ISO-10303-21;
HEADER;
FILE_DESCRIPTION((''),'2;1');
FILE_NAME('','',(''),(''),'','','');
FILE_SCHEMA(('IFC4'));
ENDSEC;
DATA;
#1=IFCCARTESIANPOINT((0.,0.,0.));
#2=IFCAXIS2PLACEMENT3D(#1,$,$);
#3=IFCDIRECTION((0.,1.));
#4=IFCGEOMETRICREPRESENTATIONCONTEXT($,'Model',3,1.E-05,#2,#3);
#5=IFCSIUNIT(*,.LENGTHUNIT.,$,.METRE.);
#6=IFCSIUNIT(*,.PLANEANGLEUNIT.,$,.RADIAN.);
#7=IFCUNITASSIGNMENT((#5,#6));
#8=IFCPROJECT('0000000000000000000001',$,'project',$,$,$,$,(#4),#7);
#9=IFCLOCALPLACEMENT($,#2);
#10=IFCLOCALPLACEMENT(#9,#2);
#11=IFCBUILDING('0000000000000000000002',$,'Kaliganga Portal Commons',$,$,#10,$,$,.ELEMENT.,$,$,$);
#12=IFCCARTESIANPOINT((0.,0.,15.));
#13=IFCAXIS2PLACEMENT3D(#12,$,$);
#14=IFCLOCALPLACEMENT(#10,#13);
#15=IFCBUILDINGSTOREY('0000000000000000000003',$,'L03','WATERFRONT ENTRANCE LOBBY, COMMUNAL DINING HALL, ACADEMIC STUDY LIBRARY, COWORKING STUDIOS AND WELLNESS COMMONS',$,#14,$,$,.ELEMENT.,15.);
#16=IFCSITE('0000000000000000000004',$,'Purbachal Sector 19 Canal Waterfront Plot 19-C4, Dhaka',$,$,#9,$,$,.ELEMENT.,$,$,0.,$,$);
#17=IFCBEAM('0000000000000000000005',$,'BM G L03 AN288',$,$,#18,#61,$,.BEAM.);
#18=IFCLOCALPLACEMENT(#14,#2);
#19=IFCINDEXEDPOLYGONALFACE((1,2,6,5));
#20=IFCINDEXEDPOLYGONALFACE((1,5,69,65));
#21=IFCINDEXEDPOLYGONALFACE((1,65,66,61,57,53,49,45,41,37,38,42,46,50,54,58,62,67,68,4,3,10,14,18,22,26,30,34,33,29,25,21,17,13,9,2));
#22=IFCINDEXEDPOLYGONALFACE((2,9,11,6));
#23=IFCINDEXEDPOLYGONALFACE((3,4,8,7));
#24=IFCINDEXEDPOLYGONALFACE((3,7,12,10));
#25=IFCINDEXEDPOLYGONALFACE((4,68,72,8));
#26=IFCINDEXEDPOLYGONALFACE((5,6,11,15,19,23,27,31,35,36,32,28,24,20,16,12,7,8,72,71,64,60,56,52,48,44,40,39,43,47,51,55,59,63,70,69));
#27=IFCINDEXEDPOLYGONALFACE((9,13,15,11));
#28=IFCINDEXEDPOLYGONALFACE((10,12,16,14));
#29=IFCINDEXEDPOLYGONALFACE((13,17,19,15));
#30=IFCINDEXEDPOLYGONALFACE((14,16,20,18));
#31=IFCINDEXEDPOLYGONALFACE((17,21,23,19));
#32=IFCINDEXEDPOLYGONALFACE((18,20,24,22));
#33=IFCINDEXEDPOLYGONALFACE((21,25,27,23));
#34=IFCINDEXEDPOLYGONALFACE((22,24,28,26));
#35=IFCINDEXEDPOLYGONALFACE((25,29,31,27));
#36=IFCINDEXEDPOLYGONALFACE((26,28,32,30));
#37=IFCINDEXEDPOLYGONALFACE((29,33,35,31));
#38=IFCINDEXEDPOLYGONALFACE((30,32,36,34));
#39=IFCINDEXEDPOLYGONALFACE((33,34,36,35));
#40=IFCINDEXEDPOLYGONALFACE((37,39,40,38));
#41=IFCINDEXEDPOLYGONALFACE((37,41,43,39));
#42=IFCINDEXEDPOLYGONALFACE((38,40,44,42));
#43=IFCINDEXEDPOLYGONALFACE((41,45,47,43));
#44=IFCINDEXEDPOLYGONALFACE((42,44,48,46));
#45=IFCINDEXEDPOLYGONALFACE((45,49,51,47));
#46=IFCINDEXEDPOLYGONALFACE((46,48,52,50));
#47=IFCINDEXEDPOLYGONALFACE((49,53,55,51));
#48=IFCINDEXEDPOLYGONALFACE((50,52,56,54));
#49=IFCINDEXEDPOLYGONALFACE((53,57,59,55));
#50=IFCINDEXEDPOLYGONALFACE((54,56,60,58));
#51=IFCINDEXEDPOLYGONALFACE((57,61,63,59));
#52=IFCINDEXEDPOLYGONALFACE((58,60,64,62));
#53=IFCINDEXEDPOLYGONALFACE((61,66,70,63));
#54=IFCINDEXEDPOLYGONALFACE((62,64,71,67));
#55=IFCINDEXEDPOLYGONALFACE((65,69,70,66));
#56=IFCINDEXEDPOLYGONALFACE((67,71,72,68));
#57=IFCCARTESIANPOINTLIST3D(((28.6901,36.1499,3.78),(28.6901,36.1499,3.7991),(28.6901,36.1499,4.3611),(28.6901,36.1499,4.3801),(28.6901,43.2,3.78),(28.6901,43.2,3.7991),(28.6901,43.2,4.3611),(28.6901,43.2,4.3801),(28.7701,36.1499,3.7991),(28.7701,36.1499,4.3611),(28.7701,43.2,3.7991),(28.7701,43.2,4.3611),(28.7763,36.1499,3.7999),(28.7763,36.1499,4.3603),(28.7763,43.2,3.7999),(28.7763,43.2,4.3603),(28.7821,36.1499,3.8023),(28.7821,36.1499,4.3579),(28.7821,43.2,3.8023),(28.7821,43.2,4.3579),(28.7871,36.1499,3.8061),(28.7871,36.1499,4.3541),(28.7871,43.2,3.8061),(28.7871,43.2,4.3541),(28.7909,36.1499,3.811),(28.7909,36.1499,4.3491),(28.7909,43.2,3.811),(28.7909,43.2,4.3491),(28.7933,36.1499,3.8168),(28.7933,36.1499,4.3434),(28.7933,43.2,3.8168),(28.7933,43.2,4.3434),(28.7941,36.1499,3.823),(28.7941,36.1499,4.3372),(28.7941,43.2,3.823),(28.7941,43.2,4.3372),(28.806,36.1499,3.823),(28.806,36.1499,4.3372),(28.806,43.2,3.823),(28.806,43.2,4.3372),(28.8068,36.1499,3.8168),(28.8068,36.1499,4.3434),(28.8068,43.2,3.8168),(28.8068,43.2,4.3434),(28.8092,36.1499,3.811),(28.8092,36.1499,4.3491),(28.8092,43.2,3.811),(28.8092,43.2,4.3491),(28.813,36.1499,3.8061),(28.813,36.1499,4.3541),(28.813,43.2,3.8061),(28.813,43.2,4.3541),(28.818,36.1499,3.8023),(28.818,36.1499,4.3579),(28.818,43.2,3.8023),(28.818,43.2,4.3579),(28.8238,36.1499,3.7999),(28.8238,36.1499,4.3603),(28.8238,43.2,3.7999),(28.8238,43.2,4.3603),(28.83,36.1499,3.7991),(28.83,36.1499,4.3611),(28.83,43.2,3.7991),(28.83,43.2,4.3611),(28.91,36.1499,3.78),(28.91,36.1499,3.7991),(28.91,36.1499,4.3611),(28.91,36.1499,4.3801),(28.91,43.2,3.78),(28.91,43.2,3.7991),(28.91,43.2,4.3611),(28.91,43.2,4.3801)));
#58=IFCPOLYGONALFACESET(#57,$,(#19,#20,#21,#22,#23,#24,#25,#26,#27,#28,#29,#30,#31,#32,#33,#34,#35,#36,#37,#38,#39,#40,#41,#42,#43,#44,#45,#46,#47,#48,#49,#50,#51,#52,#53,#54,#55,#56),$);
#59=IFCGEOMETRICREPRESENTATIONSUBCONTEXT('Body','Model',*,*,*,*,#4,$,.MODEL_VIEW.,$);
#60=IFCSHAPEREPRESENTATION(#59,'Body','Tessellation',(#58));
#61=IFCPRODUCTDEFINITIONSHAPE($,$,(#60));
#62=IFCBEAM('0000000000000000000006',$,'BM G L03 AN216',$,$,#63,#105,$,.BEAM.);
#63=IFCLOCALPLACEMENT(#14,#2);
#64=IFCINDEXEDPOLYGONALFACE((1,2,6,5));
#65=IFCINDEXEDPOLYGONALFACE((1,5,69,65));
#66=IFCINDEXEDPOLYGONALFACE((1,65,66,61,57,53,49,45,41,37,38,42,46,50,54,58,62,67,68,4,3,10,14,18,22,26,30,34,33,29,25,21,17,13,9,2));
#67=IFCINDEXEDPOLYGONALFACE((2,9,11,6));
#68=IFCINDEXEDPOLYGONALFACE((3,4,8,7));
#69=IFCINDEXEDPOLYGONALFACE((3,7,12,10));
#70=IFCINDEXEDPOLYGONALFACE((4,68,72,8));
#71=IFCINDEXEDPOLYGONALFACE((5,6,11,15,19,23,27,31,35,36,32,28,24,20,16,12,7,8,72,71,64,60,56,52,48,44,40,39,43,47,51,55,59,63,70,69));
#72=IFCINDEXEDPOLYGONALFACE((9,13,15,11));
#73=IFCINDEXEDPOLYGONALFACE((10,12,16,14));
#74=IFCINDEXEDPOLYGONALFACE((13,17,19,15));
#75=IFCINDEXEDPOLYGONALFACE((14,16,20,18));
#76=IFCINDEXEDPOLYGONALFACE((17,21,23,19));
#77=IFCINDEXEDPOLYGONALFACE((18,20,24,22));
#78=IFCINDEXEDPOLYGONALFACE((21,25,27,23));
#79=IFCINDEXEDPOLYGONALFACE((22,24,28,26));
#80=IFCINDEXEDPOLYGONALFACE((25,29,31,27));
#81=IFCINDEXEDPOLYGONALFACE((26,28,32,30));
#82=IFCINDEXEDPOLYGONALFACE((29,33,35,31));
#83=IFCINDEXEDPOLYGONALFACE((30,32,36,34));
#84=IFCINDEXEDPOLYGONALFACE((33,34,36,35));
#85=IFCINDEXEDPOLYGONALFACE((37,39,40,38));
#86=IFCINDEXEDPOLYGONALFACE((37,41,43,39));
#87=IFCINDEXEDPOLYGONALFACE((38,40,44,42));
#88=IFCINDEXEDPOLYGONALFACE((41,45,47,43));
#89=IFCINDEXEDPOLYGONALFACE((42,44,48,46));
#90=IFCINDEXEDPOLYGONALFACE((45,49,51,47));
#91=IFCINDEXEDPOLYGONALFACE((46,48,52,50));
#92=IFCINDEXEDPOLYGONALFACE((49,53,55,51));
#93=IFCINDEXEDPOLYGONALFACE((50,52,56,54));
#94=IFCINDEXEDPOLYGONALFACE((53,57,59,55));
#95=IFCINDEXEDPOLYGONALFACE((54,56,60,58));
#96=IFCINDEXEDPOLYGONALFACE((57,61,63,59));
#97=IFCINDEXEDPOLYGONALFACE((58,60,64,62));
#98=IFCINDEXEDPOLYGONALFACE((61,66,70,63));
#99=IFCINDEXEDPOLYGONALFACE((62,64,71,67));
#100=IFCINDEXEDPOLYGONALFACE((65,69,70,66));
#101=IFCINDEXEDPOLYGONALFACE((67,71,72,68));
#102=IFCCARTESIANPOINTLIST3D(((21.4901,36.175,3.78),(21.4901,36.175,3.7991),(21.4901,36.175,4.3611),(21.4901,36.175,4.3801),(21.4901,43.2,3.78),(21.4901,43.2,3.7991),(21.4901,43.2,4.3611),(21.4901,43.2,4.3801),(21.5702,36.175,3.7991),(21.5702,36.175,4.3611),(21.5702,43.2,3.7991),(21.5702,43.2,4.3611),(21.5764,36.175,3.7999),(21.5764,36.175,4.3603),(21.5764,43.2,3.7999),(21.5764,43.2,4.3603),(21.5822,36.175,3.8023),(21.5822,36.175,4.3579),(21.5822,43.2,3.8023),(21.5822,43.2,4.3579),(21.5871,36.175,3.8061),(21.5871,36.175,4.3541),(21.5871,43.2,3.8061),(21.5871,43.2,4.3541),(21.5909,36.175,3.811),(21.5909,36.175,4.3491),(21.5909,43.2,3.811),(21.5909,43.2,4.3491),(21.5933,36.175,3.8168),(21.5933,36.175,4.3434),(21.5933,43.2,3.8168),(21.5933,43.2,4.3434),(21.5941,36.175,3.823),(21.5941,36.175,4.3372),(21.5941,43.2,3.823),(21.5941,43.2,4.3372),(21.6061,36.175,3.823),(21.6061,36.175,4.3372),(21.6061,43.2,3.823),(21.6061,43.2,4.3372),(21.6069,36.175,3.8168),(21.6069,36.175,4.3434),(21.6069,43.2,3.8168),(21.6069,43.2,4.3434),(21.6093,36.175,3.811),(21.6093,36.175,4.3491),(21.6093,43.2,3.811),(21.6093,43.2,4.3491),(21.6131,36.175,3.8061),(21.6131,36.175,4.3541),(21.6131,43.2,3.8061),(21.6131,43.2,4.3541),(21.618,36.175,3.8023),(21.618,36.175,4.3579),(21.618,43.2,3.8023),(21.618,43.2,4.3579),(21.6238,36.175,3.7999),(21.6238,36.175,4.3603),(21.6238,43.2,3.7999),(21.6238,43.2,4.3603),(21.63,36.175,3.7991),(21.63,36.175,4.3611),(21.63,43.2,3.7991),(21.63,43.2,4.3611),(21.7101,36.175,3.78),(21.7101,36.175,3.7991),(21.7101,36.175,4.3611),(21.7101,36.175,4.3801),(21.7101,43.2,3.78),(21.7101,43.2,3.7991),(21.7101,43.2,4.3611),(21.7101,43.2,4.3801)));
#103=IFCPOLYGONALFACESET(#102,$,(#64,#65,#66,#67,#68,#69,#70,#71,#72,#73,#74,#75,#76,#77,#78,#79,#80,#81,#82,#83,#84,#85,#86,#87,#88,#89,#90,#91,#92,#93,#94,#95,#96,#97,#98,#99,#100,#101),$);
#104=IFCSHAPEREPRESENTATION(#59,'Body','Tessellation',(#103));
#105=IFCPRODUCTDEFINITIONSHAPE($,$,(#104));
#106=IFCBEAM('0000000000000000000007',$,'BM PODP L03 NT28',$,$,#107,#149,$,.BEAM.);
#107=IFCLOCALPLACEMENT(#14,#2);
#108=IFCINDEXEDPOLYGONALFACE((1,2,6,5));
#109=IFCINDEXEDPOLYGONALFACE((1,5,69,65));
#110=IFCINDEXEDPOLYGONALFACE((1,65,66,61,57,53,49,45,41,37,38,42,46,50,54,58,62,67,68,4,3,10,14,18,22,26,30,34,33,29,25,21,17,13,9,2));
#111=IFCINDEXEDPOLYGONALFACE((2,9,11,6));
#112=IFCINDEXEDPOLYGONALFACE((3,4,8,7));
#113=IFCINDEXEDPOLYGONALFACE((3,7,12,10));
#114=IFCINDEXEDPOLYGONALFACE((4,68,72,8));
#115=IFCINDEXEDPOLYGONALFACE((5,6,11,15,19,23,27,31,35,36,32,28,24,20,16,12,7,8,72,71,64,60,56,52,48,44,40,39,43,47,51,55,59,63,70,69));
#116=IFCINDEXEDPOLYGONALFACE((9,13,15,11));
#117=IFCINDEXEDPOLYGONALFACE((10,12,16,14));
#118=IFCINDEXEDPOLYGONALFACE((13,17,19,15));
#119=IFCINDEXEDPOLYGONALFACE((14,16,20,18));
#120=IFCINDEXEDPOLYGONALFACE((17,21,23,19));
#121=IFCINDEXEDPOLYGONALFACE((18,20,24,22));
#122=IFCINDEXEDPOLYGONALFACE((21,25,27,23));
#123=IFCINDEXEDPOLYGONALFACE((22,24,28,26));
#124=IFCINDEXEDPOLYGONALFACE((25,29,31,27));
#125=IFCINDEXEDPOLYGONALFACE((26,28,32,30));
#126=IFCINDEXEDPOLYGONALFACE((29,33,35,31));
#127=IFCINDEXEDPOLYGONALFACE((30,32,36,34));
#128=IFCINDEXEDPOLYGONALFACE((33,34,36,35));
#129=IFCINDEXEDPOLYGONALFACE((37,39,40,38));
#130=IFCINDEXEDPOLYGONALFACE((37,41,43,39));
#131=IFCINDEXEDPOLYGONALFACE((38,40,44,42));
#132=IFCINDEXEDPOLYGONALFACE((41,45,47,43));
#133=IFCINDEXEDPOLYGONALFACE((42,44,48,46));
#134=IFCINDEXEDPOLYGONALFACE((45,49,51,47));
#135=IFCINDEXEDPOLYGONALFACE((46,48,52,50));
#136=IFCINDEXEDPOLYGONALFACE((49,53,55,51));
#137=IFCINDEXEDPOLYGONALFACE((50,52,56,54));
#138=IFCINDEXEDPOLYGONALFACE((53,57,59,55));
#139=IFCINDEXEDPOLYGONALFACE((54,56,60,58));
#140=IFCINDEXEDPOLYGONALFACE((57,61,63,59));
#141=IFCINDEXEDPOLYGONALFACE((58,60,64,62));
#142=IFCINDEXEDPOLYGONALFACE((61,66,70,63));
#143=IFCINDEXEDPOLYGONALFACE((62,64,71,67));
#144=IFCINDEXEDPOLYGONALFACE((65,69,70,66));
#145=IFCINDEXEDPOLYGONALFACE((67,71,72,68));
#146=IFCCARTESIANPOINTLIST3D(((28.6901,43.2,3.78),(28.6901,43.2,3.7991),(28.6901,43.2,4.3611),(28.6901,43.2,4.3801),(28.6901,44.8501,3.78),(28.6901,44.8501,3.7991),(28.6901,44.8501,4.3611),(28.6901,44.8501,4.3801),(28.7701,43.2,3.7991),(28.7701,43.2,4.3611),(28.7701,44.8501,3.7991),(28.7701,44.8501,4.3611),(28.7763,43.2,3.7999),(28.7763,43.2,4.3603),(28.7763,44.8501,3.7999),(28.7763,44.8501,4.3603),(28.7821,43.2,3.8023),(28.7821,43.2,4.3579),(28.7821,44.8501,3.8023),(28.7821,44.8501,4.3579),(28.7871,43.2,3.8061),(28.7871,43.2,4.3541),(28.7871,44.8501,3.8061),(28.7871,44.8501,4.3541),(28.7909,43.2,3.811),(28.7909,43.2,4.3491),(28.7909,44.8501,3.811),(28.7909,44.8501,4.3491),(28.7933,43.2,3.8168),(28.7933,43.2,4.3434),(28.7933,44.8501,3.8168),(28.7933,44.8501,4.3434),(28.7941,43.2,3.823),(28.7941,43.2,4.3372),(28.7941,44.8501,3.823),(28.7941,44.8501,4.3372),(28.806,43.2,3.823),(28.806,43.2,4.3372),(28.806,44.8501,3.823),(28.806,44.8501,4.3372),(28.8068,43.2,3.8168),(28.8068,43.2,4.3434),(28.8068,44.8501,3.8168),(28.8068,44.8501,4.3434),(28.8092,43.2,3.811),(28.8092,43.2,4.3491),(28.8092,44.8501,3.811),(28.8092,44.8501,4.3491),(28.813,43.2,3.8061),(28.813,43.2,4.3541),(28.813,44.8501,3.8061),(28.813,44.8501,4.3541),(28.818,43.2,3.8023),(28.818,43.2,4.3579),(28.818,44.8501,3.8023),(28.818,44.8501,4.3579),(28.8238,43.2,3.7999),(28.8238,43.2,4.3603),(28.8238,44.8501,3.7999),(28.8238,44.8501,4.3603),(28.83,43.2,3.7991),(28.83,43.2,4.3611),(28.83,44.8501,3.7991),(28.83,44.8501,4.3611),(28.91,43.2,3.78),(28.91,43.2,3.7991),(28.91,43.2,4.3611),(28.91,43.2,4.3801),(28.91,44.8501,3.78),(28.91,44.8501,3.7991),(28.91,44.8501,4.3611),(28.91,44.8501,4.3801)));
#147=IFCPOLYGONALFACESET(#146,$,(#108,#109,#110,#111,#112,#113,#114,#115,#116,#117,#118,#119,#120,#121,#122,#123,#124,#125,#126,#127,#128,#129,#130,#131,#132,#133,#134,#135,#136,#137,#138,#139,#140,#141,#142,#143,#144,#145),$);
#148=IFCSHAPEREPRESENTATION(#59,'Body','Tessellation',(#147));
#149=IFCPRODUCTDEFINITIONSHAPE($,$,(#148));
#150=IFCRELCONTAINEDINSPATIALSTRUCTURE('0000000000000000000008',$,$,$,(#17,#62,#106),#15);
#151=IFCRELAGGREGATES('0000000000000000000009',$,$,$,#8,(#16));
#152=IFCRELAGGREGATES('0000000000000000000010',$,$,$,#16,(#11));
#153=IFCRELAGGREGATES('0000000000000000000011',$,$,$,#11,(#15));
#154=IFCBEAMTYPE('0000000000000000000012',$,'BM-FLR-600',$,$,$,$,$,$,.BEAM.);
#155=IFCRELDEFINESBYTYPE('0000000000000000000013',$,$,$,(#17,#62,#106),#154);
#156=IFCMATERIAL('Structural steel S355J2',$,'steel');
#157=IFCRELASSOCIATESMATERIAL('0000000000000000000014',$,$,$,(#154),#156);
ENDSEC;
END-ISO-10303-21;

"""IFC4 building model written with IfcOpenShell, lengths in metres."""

from ifc_helpers import new_model, si_unit, direction, frame, origin, origin_2d, place, context, subcontext, project, spatial, i_section, extrude, source, transform, mapped, material, material_profile, profile_set, type_object, element, save


model = new_model("IFC4")

# Units and contexts
model_context = context("Model", 3, precision=1e-05, world=origin(), true_north=direction((0.0, 1.0)))
body_context = subcontext(model_context, "Body", "Model", "MODEL_VIEW")
ifc_project = project(units=[si_unit("LENGTHUNIT", "METRE"), si_unit("PLANEANGLEUNIT", "RADIAN")], contexts=[model_context])

# Site, building, storey
site_placement = place(None, origin())
site = spatial("IfcSite", under=ifc_project, at=site_placement, Name="Purbachal Sector 19 Canal Waterfront Plot 19-C4, Dhaka", CompositionType="ELEMENT", RefElevation=0.0)
building_placement = place(site_placement, origin())
building = spatial("IfcBuilding", under=site, at=building_placement, Name="Kaliganga Portal Commons", CompositionType="ELEMENT")
storey_placement = place(building_placement, frame((0.0, 0.0, 15.0)))
storey = spatial("IfcBuildingStorey", under=building, at=storey_placement, Name="L03", Description="WATERFRONT ENTRANCE LOBBY, COMMUNAL DINING HALL, ACADEMIC STUDY LIBRARY, COWORKING STUDIOS AND WELLNESS COMMONS", CompositionType="ELEMENT", Elevation=15.0)

# Beams
ifc_material_1 = material(Name="Structural steel S355J2", Category="steel")
ifc_material_profile_1 = material_profile(ifc_material_1, i_section(OverallWidth=0.22, OverallDepth=0.6001, WebThickness=0.012, FlangeThickness=0.019, FilletRadius=0.0239, at=origin_2d()), Name="IPE 600")
ifc_profile_set_1 = profile_set([ifc_material_profile_1], Name="Structural steel S355J2 wide-flange")
beam_type_1 = type_object("IfcBeamType", Name="BM-FLR-600", PredefinedType="BEAM", material=ifc_profile_set_1)
shared_shape_1 = source(origin(), body_context, "Body", "SweptSolid", [
    extrude(i_section(OverallWidth=0.22, OverallDepth=0.6001, WebThickness=0.012, FlangeThickness=0.019, FilletRadius=0.0239, at=origin_2d()), origin(), (0.0, 0.0, 1.0), 7.05),
])
beam_1_placement = place(storey_placement, frame((28.8, 36.1499, 4.0801), z_axis=(0.0, 1.0, 0.0), x_axis=(-1.0, 0.0, 0.0)))
element("IfcBeam", 1, at=beam_1_placement, inside=storey, type_object=beam_type_1, Name="BM G L03 AN288", PredefinedType="BEAM", context=body_context, shape_type="MappedRepresentation", body=[
    mapped(shared_shape_1, transform((0.0, 0.0, 0.0), x_axis=(1.0, 0.0, 0.0), y_axis=(0.0, 1.0, 0.0), z_axis=(0.0, 0.0, 1.0), scale=1.0)),
])
shared_shape_2 = source(origin(), body_context, "Body", "SweptSolid", [
    extrude(i_section(OverallWidth=0.22, OverallDepth=0.6001, WebThickness=0.012, FlangeThickness=0.019, FilletRadius=0.0239, at=origin_2d()), origin(), (0.0, 0.0, 1.0), 7.0249),
])
beam_2_placement = place(storey_placement, frame((21.6001, 36.175, 4.0801), z_axis=(0.0, 1.0, 0.0), x_axis=(-1.0, 0.0, 0.0)))
element("IfcBeam", 2, at=beam_2_placement, inside=storey, type_object=beam_type_1, Name="BM G L03 AN216", PredefinedType="BEAM", context=body_context, shape_type="MappedRepresentation", body=[
    mapped(shared_shape_2, transform((0.0, 0.0, 0.0), x_axis=(1.0, 0.0, 0.0), y_axis=(0.0, 1.0, 0.0), z_axis=(0.0, 0.0, 1.0), scale=1.0)),
])
shared_shape_3 = source(origin(), body_context, "Body", "SweptSolid", [
    extrude(i_section(OverallWidth=0.22, OverallDepth=0.6001, WebThickness=0.012, FlangeThickness=0.019, FilletRadius=0.0239, at=origin_2d()), origin(), (0.0, 0.0, 1.0), 1.6501),
])
beam_3_placement = place(storey_placement, frame((28.8, 43.2, 4.0801), z_axis=(0.0, 1.0, 0.0), x_axis=(-1.0, 0.0, 0.0)))
element("IfcBeam", 3, at=beam_3_placement, inside=storey, type_object=beam_type_1, Name="BM PODP L03 NT28", PredefinedType="BEAM", context=body_context, shape_type="MappedRepresentation", body=[
    mapped(shared_shape_3, transform((0.0, 0.0, 0.0), x_axis=(1.0, 0.0, 0.0), y_axis=(0.0, 1.0, 0.0), z_axis=(0.0, 0.0, 1.0), scale=1.0)),
])

save(model, "model.ifc")
